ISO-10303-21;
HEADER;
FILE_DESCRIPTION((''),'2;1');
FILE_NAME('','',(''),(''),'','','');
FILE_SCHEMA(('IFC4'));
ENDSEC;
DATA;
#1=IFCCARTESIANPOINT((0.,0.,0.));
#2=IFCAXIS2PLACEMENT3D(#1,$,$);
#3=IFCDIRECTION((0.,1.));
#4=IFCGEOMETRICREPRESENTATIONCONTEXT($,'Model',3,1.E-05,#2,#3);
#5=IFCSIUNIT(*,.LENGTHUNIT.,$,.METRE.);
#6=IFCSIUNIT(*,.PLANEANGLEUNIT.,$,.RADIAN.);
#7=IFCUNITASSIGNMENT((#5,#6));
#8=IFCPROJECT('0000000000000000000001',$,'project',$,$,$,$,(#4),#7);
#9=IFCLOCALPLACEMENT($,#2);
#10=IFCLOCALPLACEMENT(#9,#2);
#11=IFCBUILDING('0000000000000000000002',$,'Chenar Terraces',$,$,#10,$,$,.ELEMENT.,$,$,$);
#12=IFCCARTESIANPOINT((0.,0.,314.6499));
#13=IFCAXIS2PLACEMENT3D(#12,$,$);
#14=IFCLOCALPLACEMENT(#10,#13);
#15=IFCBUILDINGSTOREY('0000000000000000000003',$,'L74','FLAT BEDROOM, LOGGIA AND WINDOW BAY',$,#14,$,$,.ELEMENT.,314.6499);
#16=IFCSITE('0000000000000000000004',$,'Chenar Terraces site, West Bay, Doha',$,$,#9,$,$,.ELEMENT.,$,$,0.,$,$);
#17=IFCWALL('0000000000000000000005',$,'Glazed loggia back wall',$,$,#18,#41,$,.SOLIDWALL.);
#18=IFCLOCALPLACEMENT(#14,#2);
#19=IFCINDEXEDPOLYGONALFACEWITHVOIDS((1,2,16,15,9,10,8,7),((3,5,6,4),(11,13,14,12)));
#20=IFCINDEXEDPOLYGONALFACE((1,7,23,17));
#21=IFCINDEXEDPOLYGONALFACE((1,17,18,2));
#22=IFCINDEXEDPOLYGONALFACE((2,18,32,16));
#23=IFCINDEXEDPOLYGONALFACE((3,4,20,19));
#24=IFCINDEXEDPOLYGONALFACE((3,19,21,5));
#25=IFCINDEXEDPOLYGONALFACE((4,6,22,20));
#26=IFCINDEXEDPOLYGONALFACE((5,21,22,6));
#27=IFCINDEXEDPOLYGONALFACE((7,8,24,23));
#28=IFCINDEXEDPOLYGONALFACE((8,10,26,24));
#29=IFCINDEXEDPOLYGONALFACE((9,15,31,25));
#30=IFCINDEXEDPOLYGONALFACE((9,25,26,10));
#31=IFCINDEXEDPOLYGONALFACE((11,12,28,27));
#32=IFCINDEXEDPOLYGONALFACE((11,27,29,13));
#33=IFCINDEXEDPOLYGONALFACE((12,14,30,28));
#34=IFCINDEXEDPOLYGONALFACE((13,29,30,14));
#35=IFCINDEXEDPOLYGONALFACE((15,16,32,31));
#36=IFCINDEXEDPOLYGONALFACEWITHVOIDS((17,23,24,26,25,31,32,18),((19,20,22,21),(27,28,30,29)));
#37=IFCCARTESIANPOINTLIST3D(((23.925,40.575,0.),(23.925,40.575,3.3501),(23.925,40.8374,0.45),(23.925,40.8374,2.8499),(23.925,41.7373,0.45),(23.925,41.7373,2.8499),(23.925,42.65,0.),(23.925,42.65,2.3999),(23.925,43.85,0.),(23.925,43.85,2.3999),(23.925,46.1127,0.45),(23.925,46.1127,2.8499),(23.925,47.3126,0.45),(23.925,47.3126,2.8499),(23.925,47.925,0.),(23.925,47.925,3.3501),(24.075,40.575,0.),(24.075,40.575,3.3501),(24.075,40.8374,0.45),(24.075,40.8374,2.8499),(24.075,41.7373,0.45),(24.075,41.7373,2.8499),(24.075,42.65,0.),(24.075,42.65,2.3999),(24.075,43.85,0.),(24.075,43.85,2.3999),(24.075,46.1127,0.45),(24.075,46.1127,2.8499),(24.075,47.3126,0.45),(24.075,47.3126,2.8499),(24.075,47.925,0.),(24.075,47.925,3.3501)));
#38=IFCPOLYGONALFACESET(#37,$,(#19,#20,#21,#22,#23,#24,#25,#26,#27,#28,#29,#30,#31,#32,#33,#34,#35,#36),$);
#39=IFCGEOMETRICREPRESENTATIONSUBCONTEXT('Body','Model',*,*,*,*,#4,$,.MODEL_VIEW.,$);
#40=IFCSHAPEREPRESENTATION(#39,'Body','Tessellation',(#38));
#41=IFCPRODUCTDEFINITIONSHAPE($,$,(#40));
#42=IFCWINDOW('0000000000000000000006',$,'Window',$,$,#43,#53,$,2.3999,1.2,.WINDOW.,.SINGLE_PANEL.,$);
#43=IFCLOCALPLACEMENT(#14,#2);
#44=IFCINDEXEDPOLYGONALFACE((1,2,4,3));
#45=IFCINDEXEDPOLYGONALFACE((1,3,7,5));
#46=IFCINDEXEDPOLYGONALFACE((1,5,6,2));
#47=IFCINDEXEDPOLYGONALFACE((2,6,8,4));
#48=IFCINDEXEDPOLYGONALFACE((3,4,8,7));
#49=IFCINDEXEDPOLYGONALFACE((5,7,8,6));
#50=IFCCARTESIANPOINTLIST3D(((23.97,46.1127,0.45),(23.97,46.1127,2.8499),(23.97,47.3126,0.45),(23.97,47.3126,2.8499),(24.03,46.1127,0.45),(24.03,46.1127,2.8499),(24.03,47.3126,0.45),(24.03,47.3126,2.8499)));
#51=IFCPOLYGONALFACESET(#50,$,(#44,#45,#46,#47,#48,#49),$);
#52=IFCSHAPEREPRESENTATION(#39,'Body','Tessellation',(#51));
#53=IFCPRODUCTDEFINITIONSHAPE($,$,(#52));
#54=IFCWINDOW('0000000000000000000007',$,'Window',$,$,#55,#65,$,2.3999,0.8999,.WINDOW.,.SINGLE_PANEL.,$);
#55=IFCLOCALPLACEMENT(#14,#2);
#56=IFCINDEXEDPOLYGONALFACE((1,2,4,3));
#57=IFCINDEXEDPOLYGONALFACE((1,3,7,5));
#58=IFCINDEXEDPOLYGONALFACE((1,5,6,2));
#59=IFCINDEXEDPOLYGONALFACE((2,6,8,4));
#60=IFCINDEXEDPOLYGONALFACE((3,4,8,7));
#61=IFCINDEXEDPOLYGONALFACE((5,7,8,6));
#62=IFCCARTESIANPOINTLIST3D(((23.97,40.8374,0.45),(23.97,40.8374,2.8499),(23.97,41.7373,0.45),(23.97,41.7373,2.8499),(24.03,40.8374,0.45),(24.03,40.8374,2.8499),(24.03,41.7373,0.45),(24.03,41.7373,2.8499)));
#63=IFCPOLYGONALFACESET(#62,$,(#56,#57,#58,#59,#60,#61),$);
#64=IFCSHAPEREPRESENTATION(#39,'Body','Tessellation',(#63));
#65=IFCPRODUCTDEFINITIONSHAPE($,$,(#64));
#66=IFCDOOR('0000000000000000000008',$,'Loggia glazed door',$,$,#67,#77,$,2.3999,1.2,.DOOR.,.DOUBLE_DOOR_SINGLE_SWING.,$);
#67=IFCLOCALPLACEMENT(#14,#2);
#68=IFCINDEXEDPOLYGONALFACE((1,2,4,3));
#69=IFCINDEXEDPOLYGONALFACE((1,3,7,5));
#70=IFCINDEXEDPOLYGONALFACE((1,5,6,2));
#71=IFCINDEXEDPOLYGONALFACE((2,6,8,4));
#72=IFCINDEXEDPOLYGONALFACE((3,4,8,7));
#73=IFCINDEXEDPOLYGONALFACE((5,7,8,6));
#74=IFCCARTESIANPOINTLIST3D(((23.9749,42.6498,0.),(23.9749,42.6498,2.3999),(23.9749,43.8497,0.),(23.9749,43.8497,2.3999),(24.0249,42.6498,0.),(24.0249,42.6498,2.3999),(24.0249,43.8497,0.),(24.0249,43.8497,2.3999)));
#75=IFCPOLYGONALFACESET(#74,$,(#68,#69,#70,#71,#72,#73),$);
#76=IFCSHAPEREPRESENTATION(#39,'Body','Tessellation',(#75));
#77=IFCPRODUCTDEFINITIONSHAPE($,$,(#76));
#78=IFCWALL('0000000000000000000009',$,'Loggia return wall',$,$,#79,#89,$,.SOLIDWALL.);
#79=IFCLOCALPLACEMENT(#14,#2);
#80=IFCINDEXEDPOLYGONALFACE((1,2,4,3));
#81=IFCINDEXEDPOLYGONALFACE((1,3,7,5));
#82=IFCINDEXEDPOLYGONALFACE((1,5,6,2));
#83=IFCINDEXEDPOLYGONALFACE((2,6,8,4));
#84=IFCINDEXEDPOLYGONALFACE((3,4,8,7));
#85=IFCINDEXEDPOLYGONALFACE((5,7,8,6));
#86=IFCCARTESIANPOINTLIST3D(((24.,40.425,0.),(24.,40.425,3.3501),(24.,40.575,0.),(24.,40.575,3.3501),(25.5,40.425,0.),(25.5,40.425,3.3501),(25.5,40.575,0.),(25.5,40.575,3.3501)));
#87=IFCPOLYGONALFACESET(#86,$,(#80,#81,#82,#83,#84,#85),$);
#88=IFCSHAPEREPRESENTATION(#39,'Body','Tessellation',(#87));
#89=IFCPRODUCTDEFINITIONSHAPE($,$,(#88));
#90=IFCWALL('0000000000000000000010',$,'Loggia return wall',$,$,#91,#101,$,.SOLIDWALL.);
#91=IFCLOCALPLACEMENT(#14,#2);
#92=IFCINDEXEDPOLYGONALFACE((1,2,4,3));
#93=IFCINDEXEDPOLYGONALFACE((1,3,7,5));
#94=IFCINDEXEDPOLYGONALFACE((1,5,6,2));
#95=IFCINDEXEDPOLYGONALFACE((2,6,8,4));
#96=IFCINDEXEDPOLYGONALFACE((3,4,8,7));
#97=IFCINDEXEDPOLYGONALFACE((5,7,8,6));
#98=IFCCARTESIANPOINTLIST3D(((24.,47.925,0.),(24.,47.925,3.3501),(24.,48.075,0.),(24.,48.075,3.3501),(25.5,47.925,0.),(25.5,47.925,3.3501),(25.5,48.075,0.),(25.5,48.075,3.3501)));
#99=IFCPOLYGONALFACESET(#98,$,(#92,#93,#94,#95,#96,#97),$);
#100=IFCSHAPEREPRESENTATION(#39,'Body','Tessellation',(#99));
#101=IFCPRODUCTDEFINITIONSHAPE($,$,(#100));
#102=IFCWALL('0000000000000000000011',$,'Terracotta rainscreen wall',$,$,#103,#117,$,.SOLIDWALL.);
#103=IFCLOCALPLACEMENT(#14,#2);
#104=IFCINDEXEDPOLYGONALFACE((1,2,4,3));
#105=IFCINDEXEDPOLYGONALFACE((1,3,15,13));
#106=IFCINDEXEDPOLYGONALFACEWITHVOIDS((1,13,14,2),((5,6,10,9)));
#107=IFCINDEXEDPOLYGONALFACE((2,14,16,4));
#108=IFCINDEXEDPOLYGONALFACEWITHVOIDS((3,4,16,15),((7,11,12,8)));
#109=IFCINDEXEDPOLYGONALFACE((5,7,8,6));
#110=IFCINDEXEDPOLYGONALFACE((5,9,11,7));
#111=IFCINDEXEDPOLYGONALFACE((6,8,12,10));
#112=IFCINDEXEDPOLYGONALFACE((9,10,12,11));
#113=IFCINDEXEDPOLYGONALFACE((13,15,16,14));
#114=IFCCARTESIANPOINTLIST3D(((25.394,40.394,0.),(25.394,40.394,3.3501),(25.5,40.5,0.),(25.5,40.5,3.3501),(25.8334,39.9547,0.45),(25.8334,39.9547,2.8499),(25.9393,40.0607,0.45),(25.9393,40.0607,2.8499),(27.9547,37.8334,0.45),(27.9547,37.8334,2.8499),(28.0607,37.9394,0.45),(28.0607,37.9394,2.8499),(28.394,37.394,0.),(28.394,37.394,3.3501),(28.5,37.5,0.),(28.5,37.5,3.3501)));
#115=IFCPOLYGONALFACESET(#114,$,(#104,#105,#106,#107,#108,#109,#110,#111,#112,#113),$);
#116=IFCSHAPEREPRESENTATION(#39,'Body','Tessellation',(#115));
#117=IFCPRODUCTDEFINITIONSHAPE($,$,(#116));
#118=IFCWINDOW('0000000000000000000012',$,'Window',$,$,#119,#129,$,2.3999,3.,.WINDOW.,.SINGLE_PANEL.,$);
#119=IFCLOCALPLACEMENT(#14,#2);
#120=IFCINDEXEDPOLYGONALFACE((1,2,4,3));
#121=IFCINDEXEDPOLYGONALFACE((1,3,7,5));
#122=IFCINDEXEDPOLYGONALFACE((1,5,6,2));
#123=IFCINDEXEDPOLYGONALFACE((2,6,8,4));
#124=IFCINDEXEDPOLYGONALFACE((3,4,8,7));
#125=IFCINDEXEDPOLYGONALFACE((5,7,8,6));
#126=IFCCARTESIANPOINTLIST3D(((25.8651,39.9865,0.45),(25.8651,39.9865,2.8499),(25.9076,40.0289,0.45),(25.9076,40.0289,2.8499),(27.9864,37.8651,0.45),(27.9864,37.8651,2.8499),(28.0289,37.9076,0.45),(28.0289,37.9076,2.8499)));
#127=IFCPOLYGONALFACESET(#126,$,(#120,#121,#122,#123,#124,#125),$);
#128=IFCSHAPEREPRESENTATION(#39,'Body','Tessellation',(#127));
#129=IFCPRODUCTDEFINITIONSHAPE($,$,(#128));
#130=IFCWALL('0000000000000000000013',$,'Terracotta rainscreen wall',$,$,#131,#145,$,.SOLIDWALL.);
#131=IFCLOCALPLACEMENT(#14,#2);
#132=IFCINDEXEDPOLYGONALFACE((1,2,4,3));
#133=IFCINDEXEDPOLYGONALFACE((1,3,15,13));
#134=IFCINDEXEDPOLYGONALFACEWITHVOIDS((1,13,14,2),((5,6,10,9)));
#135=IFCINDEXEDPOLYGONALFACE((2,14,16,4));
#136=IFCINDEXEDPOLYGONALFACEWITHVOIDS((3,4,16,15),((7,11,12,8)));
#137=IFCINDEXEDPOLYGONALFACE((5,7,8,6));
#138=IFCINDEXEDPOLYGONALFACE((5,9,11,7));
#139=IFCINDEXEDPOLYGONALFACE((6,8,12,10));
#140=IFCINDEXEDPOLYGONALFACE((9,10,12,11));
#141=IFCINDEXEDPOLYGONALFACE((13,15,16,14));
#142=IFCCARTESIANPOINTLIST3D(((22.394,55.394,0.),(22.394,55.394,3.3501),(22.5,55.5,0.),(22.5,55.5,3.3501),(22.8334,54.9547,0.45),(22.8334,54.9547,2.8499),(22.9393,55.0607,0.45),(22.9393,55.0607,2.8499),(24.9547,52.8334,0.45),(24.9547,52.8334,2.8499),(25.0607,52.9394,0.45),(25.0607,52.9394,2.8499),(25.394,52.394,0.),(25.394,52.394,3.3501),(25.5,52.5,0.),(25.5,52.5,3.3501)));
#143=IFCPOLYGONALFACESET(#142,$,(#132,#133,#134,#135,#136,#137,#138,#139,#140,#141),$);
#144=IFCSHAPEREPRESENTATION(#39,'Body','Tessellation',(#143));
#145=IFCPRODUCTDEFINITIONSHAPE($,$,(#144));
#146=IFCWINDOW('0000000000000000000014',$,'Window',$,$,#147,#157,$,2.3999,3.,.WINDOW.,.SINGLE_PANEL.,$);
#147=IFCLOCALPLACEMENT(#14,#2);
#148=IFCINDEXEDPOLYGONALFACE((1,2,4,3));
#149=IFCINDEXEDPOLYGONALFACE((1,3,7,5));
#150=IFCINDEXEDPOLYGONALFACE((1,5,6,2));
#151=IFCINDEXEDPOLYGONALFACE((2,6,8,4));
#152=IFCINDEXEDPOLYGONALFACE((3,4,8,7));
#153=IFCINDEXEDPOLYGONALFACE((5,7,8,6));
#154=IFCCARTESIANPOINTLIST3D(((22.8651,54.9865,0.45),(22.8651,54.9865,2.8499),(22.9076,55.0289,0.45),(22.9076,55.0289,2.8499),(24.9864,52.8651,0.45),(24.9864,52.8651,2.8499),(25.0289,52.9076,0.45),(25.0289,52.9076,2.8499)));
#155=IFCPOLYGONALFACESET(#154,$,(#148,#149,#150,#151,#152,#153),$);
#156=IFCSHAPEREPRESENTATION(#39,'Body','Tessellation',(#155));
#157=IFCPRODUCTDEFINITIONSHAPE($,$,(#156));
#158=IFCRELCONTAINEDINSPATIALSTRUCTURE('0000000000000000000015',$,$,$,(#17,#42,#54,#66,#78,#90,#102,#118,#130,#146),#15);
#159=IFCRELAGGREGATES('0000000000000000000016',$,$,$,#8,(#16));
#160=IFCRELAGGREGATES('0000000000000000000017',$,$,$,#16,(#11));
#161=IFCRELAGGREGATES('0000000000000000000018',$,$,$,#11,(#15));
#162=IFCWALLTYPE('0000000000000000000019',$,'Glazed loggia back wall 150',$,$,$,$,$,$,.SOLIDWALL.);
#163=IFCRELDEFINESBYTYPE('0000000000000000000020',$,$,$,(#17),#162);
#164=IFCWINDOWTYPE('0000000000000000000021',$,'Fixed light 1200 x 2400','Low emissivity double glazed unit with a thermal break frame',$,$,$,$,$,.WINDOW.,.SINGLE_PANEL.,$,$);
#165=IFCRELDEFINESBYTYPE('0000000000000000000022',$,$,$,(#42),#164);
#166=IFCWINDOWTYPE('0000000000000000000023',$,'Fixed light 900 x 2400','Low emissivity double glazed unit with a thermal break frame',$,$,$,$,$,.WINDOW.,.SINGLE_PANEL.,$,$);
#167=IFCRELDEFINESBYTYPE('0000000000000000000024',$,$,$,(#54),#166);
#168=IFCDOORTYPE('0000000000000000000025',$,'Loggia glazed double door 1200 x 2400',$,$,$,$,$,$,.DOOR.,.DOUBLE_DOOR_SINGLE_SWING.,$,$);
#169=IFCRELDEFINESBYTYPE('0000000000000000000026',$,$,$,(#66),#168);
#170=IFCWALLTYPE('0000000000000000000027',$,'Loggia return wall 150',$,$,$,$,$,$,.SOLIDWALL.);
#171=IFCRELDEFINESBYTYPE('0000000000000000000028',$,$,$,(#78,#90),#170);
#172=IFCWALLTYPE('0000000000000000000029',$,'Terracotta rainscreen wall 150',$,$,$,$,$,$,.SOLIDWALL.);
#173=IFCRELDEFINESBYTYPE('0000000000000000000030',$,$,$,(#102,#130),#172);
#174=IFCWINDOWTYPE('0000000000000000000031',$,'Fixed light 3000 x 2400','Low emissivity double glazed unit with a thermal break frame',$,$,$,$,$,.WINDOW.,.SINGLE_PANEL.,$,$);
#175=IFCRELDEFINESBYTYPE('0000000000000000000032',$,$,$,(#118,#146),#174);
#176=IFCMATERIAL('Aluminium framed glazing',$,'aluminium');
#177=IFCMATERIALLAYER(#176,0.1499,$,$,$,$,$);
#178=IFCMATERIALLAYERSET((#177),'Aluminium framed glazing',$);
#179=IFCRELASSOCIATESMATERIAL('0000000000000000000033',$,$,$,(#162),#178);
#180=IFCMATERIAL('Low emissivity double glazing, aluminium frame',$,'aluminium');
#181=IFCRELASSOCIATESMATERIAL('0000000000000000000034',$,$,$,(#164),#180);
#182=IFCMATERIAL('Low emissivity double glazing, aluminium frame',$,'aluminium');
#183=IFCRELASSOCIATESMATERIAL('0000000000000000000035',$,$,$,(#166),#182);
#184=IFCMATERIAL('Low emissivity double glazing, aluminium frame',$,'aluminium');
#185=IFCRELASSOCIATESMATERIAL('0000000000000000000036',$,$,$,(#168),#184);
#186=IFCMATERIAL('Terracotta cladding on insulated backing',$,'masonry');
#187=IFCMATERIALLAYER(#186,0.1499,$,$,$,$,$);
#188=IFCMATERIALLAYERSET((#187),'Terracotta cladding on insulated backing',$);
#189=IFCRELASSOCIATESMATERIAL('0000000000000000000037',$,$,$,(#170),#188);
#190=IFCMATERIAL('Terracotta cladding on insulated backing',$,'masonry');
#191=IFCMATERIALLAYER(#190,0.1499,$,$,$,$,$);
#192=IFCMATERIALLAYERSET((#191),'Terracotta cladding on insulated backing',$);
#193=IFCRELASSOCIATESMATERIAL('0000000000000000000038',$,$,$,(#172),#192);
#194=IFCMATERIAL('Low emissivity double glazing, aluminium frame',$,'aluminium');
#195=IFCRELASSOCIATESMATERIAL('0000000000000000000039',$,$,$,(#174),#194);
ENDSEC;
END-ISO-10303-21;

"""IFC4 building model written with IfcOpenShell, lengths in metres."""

from ifc_helpers import new_model, si_unit, direction, frame, frame_2d, origin, place, context, subcontext, project, spatial, rectangle, extrude, material, layer, layer_set, type_object, element, fill, save


model = new_model("IFC4")

# Units and contexts
model_context = context("Model", 3, precision=1e-05, world=origin(), true_north=direction((0.0, 1.0)))
body_context = subcontext(model_context, "Body", "Model", "MODEL_VIEW")
ifc_project = project(units=[si_unit("LENGTHUNIT", "METRE"), si_unit("PLANEANGLEUNIT", "RADIAN")], contexts=[model_context])

# Site, building, storey
site_placement = place(None, origin())
site = spatial("IfcSite", under=ifc_project, at=site_placement, Name="Chenar Terraces site, West Bay, Doha", CompositionType="ELEMENT", RefElevation=0.0)
building_placement = place(site_placement, origin())
building = spatial("IfcBuilding", under=site, at=building_placement, Name="Chenar Terraces", CompositionType="ELEMENT")
storey_placement = place(building_placement, frame((0.0, 0.0, 314.6499)))
storey = spatial("IfcBuildingStorey", under=building, at=storey_placement, Name="L74", Description="FLAT BEDROOM, LOGGIA AND WINDOW BAY", CompositionType="ELEMENT", Elevation=314.6499)

# Wall, openings, windows, door
ifc_material_1 = material(Name="Aluminium framed glazing", Category="aluminium")
ifc_layer_1 = layer(ifc_material_1, 0.1499)
ifc_layer_set_1 = layer_set([ifc_layer_1], Name="Aluminium framed glazing")
wall_type_1 = type_object("IfcWallType", Name="Glazed loggia back wall 150", PredefinedType="SOLIDWALL", material=ifc_layer_set_1)
wall_1_placement = place(storey_placement, frame((24.0, 40.575, 0.0), z_axis=(0.0, 0.0, 1.0), x_axis=(0.0, 1.0, 0.0)))
wall_1 = element("IfcWall", 1, at=wall_1_placement, inside=storey, type_object=wall_type_1, Name="Glazed loggia back wall", PredefinedType="SOLIDWALL", context=body_context, shape_type="SweptSolid", body=[
    extrude(rectangle(XDim=7.3501, YDim=0.1499, at=frame_2d((3.675, 0.0))), origin(), (0.0, 0.0, 1.0), 3.3501),
])
opening_1_placement = place(wall_1_placement, frame((0.2625, 0.0, 0.45)))
opening_1 = element("IfcOpeningElement", 2, at=opening_1_placement, cuts=wall_1, PredefinedType="OPENING", context=body_context, shape_type="SweptSolid", body=[
    extrude(rectangle(XDim=0.8999, YDim=2.3999, at=frame_2d((0.45, 1.2))), frame((0.0, 0.085, 0.0), z_axis=(0.0, -1.0, 0.0), x_axis=(1.0, 0.0, 0.0)), (0.0, 0.0, 1.0), 0.1699),
])
opening_2_placement = place(wall_1_placement, frame((2.075, 0.0, 0.0)))
opening_2 = element("IfcOpeningElement", 3, at=opening_2_placement, cuts=wall_1, PredefinedType="OPENING", context=body_context, shape_type="SweptSolid", body=[
    extrude(rectangle(XDim=1.2, YDim=2.3999, at=frame_2d((0.6001, 1.2))), frame((0.0, 0.085, 0.0), z_axis=(0.0, -1.0, 0.0), x_axis=(1.0, 0.0, 0.0)), (0.0, 0.0, 1.0), 0.1699),
])
opening_3_placement = place(wall_1_placement, frame((5.5376, 0.0, 0.45)))
opening_3 = element("IfcOpeningElement", 4, at=opening_3_placement, cuts=wall_1, PredefinedType="OPENING", context=body_context, shape_type="SweptSolid", body=[
    extrude(rectangle(XDim=1.2, YDim=2.3999, at=frame_2d((0.6001, 1.2))), frame((0.0, 0.085, 0.0), z_axis=(0.0, -1.0, 0.0), x_axis=(1.0, 0.0, 0.0)), (0.0, 0.0, 1.0), 0.1699),
])
ifc_material_2 = material(Name="Low emissivity double glazing, aluminium frame", Category="aluminium")
window_type_1 = type_object("IfcWindowType", Name="Fixed light 1200 x 2400", Description="Low emissivity double glazed unit with a thermal break frame", PartitioningType="SINGLE_PANEL", PredefinedType="WINDOW", material=ifc_material_2)
window_1_placement = place(opening_3_placement, origin())
window_1 = element("IfcWindow", 5, at=window_1_placement, inside=storey, type_object=window_type_1, Name="Window", OverallHeight=2.3999, OverallWidth=1.2, PartitioningType="SINGLE_PANEL", PredefinedType="WINDOW", context=body_context, shape_type="SweptSolid", body=[
    extrude(rectangle(XDim=1.2, YDim=2.3999, at=frame_2d((0.6001, 1.2))), frame((0.0, 0.03, 0.0), z_axis=(0.0, -1.0, 0.0), x_axis=(1.0, 0.0, 0.0)), (0.0, 0.0, 1.0), 0.0601),
])
fill(opening_3, window_1)
ifc_material_3 = material(Name="Low emissivity double glazing, aluminium frame", Category="aluminium")
window_type_2 = type_object("IfcWindowType", Name="Fixed light 900 x 2400", Description="Low emissivity double glazed unit with a thermal break frame", PartitioningType="SINGLE_PANEL", PredefinedType="WINDOW", material=ifc_material_3)
window_2_placement = place(opening_1_placement, origin())
window_2 = element("IfcWindow", 6, at=window_2_placement, inside=storey, type_object=window_type_2, Name="Window", OverallHeight=2.3999, OverallWidth=0.8999, PartitioningType="SINGLE_PANEL", PredefinedType="WINDOW", context=body_context, shape_type="SweptSolid", body=[
    extrude(rectangle(XDim=0.8999, YDim=2.3999, at=frame_2d((0.45, 1.2))), frame((0.0, 0.03, 0.0), z_axis=(0.0, -1.0, 0.0), x_axis=(1.0, 0.0, 0.0)), (0.0, 0.0, 1.0), 0.0601),
])
fill(opening_1, window_2)
ifc_material_4 = material(Name="Low emissivity double glazing, aluminium frame", Category="aluminium")
door_type = type_object("IfcDoorType", Name="Loggia glazed double door 1200 x 2400", OperationType="DOUBLE_DOOR_SINGLE_SWING", PredefinedType="DOOR", material=ifc_material_4)
door_placement = place(opening_2_placement, frame((1.2, 0.0, 0.0), z_axis=(0.0, 0.0, 1.0), x_axis=(-1.0, 0.0, 0.0)))
door = element("IfcDoor", 7, at=door_placement, inside=storey, type_object=door_type, Name="Loggia glazed door", OperationType="DOUBLE_DOOR_SINGLE_SWING", OverallHeight=2.3999, OverallWidth=1.2, PredefinedType="DOOR", context=body_context, shape_type="SweptSolid", body=[
    extrude(rectangle(XDim=1.2, YDim=2.3999, at=frame_2d((0.6001, 1.2))), frame((0.0, 0.0249, 0.0), z_axis=(0.0, -1.0, 0.0), x_axis=(1.0, 0.0, 0.0)), (0.0, 0.0, 1.0), 0.05),
])
fill(opening_2, door)

# Walls
ifc_material_5 = material(Name="Terracotta cladding on insulated backing", Category="masonry")
ifc_layer_2 = layer(ifc_material_5, 0.1499)
ifc_layer_set_2 = layer_set([ifc_layer_2], Name="Terracotta cladding on insulated backing")
wall_type_2 = type_object("IfcWallType", Name="Loggia return wall 150", PredefinedType="SOLIDWALL", material=ifc_layer_set_2)
for number, where, z_axis, x_axis, name in (
    (8, (25.5, 40.5, 0.0), (0.0, 0.0, 1.0), (-1.0, 0.0, 0.0), "Loggia return wall"),
    (9, (25.5, 48.0, 0.0), (0.0, 0.0, 1.0), (-1.0, 0.0, 0.0), "Loggia return wall"),
):
    element("IfcWall", number, at=place(storey_placement, frame(where, z_axis=z_axis, x_axis=x_axis)), inside=storey, type_object=wall_type_2, Name=name, PredefinedType="SOLIDWALL", context=body_context, shape_type="SweptSolid", body=[
        extrude(rectangle(XDim=1.5, YDim=0.1499, at=frame_2d((0.75, 0.0))), origin(), (0.0, 0.0, 1.0), 3.3501),
    ])

# Walls, openings, windows
ifc_material_6 = material(Name="Terracotta cladding on insulated backing", Category="masonry")
ifc_layer_3 = layer(ifc_material_6, 0.1499)
ifc_layer_set_3 = layer_set([ifc_layer_3], Name="Terracotta cladding on insulated backing")
wall_type_3 = type_object("IfcWallType", Name="Terracotta rainscreen wall 150", PredefinedType="SOLIDWALL", material=ifc_layer_set_3)
wall_2_placement = place(storey_placement, frame((28.447, 37.447, 0.0), z_axis=(0.0, 0.0, 1.0), x_axis=(-0.707107, 0.707107, 0.0)))
wall_2 = element("IfcWall", 10, at=wall_2_placement, inside=storey, type_object=wall_type_3, Name="Terracotta rainscreen wall", PredefinedType="SOLIDWALL", context=body_context, shape_type="SweptSolid", body=[
    extrude(rectangle(XDim=4.2427, YDim=0.1499, at=frame_2d((2.1213, 0.0))), origin(), (0.0, 0.0, 1.0), 3.3501),
])
opening_4_placement = place(wall_2_placement, frame((0.6213, 0.0, 0.45)))
opening_4 = element("IfcOpeningElement", 11, at=opening_4_placement, cuts=wall_2, PredefinedType="OPENING", context=body_context, shape_type="SweptSolid", body=[
    extrude(rectangle(XDim=3.0, YDim=2.3999, at=frame_2d((1.5, 1.2))), frame((0.0, 0.085, 0.0), z_axis=(0.0, -1.0, 0.0), x_axis=(1.0, 0.0, 0.0)), (0.0, 0.0, 1.0), 0.1699),
])
ifc_material_7 = material(Name="Low emissivity double glazing, aluminium frame", Category="aluminium")
window_type_3 = type_object("IfcWindowType", Name="Fixed light 3000 x 2400", Description="Low emissivity double glazed unit with a thermal break frame", PartitioningType="SINGLE_PANEL", PredefinedType="WINDOW", material=ifc_material_7)
window_3_placement = place(opening_4_placement, origin())
window_3 = element("IfcWindow", 12, at=window_3_placement, inside=storey, type_object=window_type_3, Name="Window", OverallHeight=2.3999, OverallWidth=3.0, PartitioningType="SINGLE_PANEL", PredefinedType="WINDOW", context=body_context, shape_type="SweptSolid", body=[
    extrude(rectangle(XDim=3.0, YDim=2.3999, at=frame_2d((1.5, 1.2))), frame((0.0, 0.03, 0.0), z_axis=(0.0, -1.0, 0.0), x_axis=(1.0, 0.0, 0.0)), (0.0, 0.0, 1.0), 0.0601),
])
fill(opening_4, window_3)
wall_3_placement = place(storey_placement, frame((25.447, 52.447, 0.0), z_axis=(0.0, 0.0, 1.0), x_axis=(-0.707107, 0.707107, 0.0)))
wall_3 = element("IfcWall", 13, at=wall_3_placement, inside=storey, type_object=wall_type_3, Name="Terracotta rainscreen wall", PredefinedType="SOLIDWALL", context=body_context, shape_type="SweptSolid", body=[
    extrude(rectangle(XDim=4.2427, YDim=0.1499, at=frame_2d((2.1213, 0.0))), origin(), (0.0, 0.0, 1.0), 3.3501),
])
opening_5_placement = place(wall_3_placement, frame((0.6213, 0.0, 0.45)))
opening_5 = element("IfcOpeningElement", 14, at=opening_5_placement, cuts=wall_3, PredefinedType="OPENING", context=body_context, shape_type="SweptSolid", body=[
    extrude(rectangle(XDim=3.0, YDim=2.3999, at=frame_2d((1.5, 1.2))), frame((0.0, 0.085, 0.0), z_axis=(0.0, -1.0, 0.0), x_axis=(1.0, 0.0, 0.0)), (0.0, 0.0, 1.0), 0.1699),
])
window_4_placement = place(opening_5_placement, origin())
window_4 = element("IfcWindow", 15, at=window_4_placement, inside=storey, type_object=window_type_3, Name="Window", OverallHeight=2.3999, OverallWidth=3.0, PartitioningType="SINGLE_PANEL", PredefinedType="WINDOW", context=body_context, shape_type="SweptSolid", body=[
    extrude(rectangle(XDim=3.0, YDim=2.3999, at=frame_2d((1.5, 1.2))), frame((0.0, 0.03, 0.0), z_axis=(0.0, -1.0, 0.0), x_axis=(1.0, 0.0, 0.0)), (0.0, 0.0, 1.0), 0.0601),
])
fill(opening_5, window_4)

save(model, "model.ifc")
